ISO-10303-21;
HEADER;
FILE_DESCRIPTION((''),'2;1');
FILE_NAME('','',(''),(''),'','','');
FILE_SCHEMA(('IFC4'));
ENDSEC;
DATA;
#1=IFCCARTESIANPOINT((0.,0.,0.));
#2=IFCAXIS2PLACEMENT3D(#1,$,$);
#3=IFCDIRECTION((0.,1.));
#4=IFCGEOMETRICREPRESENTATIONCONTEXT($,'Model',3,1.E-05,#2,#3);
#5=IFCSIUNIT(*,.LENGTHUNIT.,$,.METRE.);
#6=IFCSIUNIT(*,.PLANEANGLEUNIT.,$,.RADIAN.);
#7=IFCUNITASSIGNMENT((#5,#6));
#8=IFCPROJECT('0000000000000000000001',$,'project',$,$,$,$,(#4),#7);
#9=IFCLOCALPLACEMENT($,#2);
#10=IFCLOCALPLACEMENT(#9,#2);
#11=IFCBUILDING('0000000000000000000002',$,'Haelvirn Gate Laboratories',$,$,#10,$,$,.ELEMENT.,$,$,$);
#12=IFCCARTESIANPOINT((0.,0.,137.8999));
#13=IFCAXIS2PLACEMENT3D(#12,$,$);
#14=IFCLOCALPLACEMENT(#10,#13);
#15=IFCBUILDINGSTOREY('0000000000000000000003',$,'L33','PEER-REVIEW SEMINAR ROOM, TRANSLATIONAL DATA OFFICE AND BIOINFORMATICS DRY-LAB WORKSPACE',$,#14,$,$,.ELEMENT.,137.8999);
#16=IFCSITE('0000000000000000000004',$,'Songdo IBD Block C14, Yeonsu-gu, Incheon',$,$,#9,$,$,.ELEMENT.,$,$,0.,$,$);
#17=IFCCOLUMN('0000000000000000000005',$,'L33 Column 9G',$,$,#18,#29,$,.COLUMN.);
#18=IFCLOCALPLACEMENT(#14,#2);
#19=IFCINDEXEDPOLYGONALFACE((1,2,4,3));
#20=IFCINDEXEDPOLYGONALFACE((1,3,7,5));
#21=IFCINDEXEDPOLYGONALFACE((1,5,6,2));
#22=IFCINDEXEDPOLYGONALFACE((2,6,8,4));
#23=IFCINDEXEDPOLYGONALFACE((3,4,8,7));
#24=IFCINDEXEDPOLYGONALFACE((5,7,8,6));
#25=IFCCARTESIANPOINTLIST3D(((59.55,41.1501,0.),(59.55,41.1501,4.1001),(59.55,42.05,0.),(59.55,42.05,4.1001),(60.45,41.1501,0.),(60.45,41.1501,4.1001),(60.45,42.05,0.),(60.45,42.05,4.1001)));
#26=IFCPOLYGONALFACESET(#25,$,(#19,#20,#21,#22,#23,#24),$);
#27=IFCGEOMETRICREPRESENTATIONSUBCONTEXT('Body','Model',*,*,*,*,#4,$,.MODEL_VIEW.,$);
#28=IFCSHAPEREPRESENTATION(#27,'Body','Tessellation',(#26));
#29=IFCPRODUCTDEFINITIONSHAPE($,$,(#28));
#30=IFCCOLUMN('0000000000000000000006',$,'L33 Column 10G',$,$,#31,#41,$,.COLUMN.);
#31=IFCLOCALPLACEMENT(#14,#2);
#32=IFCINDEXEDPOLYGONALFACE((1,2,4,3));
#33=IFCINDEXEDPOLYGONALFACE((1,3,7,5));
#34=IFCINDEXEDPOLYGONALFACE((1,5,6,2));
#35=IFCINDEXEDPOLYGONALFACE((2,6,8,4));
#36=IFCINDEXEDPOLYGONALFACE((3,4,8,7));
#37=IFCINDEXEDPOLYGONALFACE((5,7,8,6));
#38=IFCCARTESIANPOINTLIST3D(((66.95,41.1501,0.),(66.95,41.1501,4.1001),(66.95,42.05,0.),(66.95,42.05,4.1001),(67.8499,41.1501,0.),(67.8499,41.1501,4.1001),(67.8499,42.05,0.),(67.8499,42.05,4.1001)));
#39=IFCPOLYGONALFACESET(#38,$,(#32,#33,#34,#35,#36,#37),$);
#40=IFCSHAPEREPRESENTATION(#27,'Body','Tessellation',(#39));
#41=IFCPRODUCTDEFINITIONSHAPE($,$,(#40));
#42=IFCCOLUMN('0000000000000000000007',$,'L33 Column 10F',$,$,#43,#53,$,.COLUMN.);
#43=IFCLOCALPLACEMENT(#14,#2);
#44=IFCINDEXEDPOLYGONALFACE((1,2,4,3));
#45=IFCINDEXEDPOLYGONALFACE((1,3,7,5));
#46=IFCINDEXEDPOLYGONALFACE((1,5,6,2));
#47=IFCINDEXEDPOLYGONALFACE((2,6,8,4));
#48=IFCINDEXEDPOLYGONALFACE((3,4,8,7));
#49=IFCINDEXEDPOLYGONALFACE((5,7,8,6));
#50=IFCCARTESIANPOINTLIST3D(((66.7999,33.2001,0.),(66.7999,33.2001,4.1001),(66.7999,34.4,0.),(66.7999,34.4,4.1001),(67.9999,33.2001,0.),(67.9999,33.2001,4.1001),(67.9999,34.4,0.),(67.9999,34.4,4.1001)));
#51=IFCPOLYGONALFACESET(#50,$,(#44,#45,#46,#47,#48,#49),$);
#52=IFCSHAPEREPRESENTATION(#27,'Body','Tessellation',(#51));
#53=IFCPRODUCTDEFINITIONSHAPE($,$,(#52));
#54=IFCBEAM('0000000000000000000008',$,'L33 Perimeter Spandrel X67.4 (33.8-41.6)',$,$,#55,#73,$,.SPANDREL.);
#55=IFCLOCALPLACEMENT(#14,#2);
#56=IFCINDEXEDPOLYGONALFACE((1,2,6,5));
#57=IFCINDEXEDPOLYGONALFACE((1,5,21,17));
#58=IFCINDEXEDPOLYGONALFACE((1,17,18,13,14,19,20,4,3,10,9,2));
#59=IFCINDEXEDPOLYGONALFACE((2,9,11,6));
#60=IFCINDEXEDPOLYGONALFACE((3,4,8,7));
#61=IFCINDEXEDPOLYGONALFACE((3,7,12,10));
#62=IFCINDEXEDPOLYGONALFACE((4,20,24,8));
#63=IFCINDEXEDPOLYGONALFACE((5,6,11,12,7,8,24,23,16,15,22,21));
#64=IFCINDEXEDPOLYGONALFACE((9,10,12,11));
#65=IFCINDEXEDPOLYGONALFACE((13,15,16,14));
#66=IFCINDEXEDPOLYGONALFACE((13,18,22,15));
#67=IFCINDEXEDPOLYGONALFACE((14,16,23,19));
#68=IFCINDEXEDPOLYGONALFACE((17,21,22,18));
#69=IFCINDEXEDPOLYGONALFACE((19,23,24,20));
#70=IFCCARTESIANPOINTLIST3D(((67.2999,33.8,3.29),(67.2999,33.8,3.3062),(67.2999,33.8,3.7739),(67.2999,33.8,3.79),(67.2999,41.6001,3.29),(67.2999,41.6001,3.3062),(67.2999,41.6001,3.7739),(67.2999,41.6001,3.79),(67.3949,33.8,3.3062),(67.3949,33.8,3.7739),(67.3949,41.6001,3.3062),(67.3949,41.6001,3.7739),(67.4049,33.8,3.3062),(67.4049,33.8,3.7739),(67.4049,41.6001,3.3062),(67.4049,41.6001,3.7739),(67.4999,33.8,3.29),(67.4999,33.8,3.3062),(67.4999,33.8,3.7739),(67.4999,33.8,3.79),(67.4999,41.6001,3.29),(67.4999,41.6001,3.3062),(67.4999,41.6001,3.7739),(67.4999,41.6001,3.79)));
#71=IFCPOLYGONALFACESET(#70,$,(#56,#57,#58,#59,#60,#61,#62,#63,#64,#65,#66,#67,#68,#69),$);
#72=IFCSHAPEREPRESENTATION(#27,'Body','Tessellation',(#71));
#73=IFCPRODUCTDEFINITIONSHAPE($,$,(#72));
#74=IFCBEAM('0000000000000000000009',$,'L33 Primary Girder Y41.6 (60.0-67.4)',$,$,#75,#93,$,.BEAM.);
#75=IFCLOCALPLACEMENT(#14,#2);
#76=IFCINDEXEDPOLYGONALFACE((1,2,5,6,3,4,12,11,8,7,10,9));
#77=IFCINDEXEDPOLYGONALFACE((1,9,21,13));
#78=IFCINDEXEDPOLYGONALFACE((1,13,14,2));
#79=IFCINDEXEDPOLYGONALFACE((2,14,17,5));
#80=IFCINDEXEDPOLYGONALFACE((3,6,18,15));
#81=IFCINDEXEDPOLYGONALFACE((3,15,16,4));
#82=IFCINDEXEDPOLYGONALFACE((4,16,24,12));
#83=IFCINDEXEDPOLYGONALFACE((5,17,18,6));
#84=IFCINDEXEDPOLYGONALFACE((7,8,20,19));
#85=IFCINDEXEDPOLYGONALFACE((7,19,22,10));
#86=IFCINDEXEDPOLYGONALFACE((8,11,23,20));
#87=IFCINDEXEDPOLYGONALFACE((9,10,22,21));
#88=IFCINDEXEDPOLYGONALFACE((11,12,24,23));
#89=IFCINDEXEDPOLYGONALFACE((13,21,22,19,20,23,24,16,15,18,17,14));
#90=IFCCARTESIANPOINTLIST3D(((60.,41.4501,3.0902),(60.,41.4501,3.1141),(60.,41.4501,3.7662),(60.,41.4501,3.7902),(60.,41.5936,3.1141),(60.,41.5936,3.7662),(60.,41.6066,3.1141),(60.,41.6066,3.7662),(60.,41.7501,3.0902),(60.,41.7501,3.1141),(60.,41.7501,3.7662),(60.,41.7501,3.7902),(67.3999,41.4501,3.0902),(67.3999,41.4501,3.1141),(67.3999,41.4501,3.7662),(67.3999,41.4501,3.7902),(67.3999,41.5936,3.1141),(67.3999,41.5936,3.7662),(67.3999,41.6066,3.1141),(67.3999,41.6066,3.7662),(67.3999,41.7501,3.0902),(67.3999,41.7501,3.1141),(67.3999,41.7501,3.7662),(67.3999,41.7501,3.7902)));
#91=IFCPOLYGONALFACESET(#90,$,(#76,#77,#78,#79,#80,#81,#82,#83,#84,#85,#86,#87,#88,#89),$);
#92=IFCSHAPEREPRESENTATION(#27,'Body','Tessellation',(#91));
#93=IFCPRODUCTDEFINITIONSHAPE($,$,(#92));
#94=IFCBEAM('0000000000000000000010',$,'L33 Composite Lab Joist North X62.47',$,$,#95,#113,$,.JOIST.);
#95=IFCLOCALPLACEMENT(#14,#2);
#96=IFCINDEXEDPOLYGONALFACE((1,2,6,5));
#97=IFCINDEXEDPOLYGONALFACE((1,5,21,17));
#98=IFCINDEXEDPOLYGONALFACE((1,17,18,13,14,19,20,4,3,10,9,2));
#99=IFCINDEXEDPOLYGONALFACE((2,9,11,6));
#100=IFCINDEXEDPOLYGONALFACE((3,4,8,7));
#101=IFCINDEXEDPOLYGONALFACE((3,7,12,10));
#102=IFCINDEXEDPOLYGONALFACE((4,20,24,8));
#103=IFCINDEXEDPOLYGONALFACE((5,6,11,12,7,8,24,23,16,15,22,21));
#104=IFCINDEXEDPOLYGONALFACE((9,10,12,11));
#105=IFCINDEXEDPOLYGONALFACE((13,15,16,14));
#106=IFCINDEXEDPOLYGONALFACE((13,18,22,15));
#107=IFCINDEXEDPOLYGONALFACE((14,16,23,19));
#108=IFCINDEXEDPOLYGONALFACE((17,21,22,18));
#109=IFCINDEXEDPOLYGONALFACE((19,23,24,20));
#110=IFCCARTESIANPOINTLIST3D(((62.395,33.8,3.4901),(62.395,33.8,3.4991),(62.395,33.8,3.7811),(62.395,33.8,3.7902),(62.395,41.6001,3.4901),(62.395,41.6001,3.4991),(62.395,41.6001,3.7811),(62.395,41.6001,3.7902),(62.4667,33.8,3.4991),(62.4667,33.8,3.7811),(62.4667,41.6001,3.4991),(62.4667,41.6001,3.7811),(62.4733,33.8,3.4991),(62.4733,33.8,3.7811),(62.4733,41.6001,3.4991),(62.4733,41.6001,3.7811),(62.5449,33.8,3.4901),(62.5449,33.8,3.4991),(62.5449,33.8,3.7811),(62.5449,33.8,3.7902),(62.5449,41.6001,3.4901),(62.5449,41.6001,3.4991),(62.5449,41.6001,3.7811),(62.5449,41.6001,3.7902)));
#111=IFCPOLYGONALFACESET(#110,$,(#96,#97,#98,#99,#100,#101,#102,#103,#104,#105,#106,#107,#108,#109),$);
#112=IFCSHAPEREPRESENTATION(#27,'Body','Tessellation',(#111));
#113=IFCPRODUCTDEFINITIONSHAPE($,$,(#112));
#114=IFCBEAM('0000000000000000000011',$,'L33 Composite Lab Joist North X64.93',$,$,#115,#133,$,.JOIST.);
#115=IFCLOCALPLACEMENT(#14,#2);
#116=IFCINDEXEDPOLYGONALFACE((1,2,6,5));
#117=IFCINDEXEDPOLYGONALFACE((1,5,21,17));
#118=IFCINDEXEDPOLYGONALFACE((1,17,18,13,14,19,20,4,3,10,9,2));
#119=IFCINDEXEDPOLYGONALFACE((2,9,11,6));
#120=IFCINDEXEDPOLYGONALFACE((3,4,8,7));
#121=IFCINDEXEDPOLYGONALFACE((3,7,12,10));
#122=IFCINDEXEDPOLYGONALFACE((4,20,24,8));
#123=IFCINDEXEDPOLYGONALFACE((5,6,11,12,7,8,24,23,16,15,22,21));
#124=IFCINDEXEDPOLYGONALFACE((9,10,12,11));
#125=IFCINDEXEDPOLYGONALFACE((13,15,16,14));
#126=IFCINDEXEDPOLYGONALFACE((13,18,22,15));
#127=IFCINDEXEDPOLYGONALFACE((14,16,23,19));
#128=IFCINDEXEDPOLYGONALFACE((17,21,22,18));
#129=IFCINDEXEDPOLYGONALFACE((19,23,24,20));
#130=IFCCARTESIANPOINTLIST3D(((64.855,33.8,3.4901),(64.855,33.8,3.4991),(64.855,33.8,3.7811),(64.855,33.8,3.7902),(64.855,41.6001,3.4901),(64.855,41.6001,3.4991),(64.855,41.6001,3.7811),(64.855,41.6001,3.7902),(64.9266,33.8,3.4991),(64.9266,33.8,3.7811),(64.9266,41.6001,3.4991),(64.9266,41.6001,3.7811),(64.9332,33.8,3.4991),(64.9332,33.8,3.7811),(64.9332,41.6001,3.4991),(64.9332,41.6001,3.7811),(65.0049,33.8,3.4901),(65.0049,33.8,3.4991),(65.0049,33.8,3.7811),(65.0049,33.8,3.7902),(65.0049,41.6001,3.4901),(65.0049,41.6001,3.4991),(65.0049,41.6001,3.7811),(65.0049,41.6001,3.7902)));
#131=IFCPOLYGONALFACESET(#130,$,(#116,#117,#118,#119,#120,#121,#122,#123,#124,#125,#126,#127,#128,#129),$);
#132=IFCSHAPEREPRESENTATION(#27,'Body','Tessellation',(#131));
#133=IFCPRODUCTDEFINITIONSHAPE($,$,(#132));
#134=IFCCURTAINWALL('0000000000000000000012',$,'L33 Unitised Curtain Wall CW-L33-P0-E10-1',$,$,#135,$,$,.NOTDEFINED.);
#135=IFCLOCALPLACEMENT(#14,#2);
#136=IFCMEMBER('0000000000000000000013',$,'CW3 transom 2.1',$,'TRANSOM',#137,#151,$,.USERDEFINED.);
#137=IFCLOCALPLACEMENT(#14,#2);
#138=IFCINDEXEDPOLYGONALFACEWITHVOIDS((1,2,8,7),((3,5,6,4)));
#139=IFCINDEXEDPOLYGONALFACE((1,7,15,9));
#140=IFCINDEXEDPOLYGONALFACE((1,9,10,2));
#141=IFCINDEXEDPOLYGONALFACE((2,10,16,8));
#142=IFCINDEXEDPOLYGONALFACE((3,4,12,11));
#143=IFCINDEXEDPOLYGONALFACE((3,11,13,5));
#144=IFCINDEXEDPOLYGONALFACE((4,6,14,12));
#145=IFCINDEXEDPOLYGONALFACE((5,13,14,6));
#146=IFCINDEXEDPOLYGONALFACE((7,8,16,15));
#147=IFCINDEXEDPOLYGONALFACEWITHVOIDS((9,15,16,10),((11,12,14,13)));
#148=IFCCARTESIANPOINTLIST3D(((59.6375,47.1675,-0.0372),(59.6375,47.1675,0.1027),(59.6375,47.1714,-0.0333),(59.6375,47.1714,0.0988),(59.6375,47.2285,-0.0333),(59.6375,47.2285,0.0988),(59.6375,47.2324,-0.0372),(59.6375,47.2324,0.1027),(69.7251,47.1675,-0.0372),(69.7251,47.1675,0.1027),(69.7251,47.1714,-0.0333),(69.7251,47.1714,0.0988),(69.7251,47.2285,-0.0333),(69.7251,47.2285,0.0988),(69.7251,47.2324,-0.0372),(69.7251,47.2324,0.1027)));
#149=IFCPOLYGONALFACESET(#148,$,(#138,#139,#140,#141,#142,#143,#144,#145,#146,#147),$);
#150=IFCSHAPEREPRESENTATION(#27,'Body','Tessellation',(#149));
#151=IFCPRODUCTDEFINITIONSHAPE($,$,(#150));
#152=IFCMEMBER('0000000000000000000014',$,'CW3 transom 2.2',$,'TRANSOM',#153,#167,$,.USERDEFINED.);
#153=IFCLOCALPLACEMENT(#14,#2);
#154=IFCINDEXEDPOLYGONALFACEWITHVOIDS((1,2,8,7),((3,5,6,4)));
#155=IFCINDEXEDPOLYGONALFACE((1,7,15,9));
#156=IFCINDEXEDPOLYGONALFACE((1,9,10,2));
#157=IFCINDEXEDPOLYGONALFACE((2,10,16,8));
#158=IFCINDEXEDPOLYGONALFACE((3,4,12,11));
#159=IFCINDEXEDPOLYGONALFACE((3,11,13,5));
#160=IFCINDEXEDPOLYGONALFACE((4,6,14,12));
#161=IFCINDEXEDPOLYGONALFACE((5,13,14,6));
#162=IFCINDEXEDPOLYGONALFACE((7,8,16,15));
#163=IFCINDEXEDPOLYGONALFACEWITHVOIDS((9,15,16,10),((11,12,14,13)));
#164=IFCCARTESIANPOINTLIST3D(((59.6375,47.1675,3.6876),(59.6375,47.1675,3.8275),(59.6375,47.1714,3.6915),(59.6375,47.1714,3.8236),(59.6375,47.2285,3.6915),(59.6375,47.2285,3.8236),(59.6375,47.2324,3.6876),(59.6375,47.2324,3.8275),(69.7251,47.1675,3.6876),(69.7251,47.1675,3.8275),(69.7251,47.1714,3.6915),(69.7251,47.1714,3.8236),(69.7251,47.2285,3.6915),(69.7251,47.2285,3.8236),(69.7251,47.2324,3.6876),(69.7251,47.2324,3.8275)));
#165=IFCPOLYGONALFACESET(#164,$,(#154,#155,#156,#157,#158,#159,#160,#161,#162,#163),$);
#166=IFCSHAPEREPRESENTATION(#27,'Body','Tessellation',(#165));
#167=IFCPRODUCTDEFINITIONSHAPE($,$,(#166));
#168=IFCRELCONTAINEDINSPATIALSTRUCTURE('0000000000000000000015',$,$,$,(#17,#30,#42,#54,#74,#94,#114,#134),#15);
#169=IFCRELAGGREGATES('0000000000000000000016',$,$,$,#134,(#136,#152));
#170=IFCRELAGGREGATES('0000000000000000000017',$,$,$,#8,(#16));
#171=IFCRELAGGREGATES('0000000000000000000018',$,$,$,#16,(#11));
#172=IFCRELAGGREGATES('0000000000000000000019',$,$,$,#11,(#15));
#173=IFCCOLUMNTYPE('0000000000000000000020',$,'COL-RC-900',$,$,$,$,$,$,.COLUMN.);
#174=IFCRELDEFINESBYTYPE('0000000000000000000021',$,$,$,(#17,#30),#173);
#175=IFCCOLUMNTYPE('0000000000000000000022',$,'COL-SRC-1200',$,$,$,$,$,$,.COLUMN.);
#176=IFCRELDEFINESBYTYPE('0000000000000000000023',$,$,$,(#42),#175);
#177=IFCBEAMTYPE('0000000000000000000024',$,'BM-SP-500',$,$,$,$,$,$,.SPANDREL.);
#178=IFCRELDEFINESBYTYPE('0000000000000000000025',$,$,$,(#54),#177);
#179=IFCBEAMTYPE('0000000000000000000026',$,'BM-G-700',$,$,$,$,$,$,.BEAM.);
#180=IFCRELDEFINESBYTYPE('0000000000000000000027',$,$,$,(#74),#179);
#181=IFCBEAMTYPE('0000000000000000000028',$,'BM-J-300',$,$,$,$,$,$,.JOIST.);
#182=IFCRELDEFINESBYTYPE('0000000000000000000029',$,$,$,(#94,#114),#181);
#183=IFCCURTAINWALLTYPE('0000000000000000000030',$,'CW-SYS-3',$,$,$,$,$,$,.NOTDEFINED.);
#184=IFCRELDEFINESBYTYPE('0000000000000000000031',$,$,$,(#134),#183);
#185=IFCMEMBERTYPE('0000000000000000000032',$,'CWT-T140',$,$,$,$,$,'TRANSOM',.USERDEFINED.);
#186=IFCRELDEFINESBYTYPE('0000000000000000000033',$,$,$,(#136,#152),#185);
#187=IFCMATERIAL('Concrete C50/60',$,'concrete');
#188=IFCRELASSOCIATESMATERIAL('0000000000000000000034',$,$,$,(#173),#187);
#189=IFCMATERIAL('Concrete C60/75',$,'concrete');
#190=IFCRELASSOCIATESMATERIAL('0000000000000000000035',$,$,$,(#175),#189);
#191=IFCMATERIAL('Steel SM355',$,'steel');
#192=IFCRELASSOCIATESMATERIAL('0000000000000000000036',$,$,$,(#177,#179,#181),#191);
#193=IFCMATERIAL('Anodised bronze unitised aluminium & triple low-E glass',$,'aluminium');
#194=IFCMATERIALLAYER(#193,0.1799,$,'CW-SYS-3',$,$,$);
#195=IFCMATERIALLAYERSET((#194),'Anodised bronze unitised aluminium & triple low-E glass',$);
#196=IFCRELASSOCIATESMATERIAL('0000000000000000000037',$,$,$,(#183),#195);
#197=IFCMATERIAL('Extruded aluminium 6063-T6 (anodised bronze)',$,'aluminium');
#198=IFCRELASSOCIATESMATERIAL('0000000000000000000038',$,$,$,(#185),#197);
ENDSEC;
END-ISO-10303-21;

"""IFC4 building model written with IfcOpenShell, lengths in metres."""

from ifc_helpers import new_model, si_unit, direction, frame, origin, origin_2d, place, context, subcontext, project, spatial, rectangle, hollow_rectangle, i_section, extrude, source, transform, mapped, material, layer, layer_set, material_profile, profile_set, type_object, type_shapes, element, aggregate, save


model = new_model("IFC4")

# Units and contexts
model_context = context("Model", 3, precision=1e-05, world=origin(), true_north=direction((0.0, 1.0)))
body_context = subcontext(model_context, "Body", "Model", "MODEL_VIEW")
ifc_project = project(units=[si_unit("LENGTHUNIT", "METRE"), si_unit("PLANEANGLEUNIT", "RADIAN")], contexts=[model_context])

# Site, building, storey
site_placement = place(None, origin())
site = spatial("IfcSite", under=ifc_project, at=site_placement, Name="Songdo IBD Block C14, Yeonsu-gu, Incheon", CompositionType="ELEMENT", RefElevation=0.0)
building_placement = place(site_placement, origin())
building = spatial("IfcBuilding", under=site, at=building_placement, Name="Haelvirn Gate Laboratories", CompositionType="ELEMENT")
storey_placement = place(building_placement, frame((0.0, 0.0, 137.8999)))
storey = spatial("IfcBuildingStorey", under=building, at=storey_placement, Name="L33", Description="PEER-REVIEW SEMINAR ROOM, TRANSLATIONAL DATA OFFICE AND BIOINFORMATICS DRY-LAB WORKSPACE", CompositionType="ELEMENT", Elevation=137.8999)

# Columns
ifc_material_1 = material(Name="Concrete C50/60", Category="concrete")
ifc_material_profile_1 = material_profile(ifc_material_1, rectangle(XDim=0.8999, YDim=0.8999, at=origin_2d()), Name="RC-900x900")
ifc_profile_set_1 = profile_set([ifc_material_profile_1], Name="Concrete C50/60")
column_type_1 = type_object("IfcColumnType", Name="COL-RC-900", PredefinedType="COLUMN", material=ifc_profile_set_1)
shared_shape_1 = source(origin(), body_context, "Body", "SweptSolid", [
    extrude(rectangle(XDim=0.8999, YDim=0.8999, at=origin_2d()), origin(), (0.0, 0.0, 1.0), 4.1001),
])
type_shapes(column_type_1, [shared_shape_1])
for number, where, z_axis, x_axis, name in (
    (1, (60.0, 41.6001, 0.0), (0.0, 0.0, 1.0), (1.0, 0.0, 0.0), "L33 Column 9G"),
    (2, (67.3999, 41.6001, 0.0), (0.0, 0.0, 1.0), (1.0, 0.0, 0.0), "L33 Column 10G"),
):
    element("IfcColumn", number, at=place(storey_placement, frame(where, z_axis=z_axis, x_axis=x_axis)), inside=storey, type_object=column_type_1, Name=name, PredefinedType="COLUMN", context=body_context, shape_type="MappedRepresentation", body=[
        mapped(shared_shape_1, transform((0.0, 0.0, 0.0), scale=1.0)),
    ])
ifc_material_2 = material(Name="Concrete C60/75", Category="concrete")
ifc_material_profile_2 = material_profile(ifc_material_2, rectangle(XDim=1.2, YDim=1.2, at=origin_2d()), Name="SRC-1200x1200")
ifc_profile_set_2 = profile_set([ifc_material_profile_2], Name="Concrete C60/75")
column_type_2 = type_object("IfcColumnType", Name="COL-SRC-1200", PredefinedType="COLUMN", material=ifc_profile_set_2)
shared_shape_2 = source(origin(), body_context, "Body", "SweptSolid", [
    extrude(rectangle(XDim=1.2, YDim=1.2, at=origin_2d()), origin(), (0.0, 0.0, 1.0), 4.1001),
])
type_shapes(column_type_2, [shared_shape_2])
column_placement = place(storey_placement, frame((67.3999, 33.8, 0.0), z_axis=(0.0, 0.0, 1.0), x_axis=(1.0, 0.0, 0.0)))
element("IfcColumn", 3, at=column_placement, inside=storey, type_object=column_type_2, Name="L33 Column 10F", PredefinedType="COLUMN", context=body_context, shape_type="MappedRepresentation", body=[
    mapped(shared_shape_2, transform((0.0, 0.0, 0.0), scale=1.0)),
])

# Beams
ifc_material_3 = material(Name="Steel SM355", Category="steel")
ifc_material_profile_3 = material_profile(ifc_material_3, i_section(OverallWidth=0.2, OverallDepth=0.5, WebThickness=0.01, FlangeThickness=0.0161, at=origin_2d()), Name="H-500x200x10x16")
ifc_profile_set_3 = profile_set([ifc_material_profile_3], Name="Steel SM355")
beam_type_1 = type_object("IfcBeamType", Name="BM-SP-500", PredefinedType="SPANDREL", material=ifc_profile_set_3)
shared_shape_3 = source(origin(), body_context, "Body", "SweptSolid", [
    extrude(i_section(OverallWidth=0.2, OverallDepth=0.5, WebThickness=0.01, FlangeThickness=0.0161, at=origin_2d()), origin(), (0.0, 0.0, 1.0), 7.8),
])
type_shapes(beam_type_1, [shared_shape_3])
beam_1_placement = place(storey_placement, frame((67.3999, 33.8, 3.54), z_axis=(0.0, 1.0, 0.0), x_axis=(-1.0, 0.0, 0.0)))
element("IfcBeam", 4, at=beam_1_placement, inside=storey, type_object=beam_type_1, Name="L33 Perimeter Spandrel X67.4 (33.8-41.6)", PredefinedType="SPANDREL", context=body_context, shape_type="MappedRepresentation", body=[
    mapped(shared_shape_3, transform((0.0, 0.0, 0.0), scale=1.0)),
])
ifc_material_profile_4 = material_profile(ifc_material_3, i_section(OverallWidth=0.3, OverallDepth=0.7, WebThickness=0.0129, FlangeThickness=0.0239, at=origin_2d()), Name="H-700x300x13x24")
ifc_profile_set_4 = profile_set([ifc_material_profile_4], Name="Steel SM355")
beam_type_2 = type_object("IfcBeamType", Name="BM-G-700", PredefinedType="BEAM", material=ifc_profile_set_4)
shared_shape_4 = source(origin(), body_context, "Body", "SweptSolid", [
    extrude(i_section(OverallWidth=0.3, OverallDepth=0.7, WebThickness=0.0129, FlangeThickness=0.0239, at=origin_2d()), origin(), (0.0, 0.0, 1.0), 7.3999),
])
type_shapes(beam_type_2, [shared_shape_4])
beam_2_placement = place(storey_placement, frame((60.0, 41.6001, 3.4402), z_axis=(1.0, 0.0, 0.0), x_axis=(0.0, 1.0, 0.0)))
element("IfcBeam", 5, at=beam_2_placement, inside=storey, type_object=beam_type_2, Name="L33 Primary Girder Y41.6 (60.0-67.4)", PredefinedType="BEAM", context=body_context, shape_type="MappedRepresentation", body=[
    mapped(shared_shape_4, transform((0.0, 0.0, 0.0), scale=1.0)),
])
ifc_material_profile_5 = material_profile(ifc_material_3, i_section(OverallWidth=0.1499, OverallDepth=0.3, WebThickness=0.0066, FlangeThickness=0.009, at=origin_2d()), Name="H-300x150x6.5x9")
ifc_profile_set_5 = profile_set([ifc_material_profile_5], Name="Steel SM355")
beam_type_3 = type_object("IfcBeamType", Name="BM-J-300", PredefinedType="JOIST", material=ifc_profile_set_5)
shared_shape_5 = source(origin(), body_context, "Body", "SweptSolid", [
    extrude(i_section(OverallWidth=0.1499, OverallDepth=0.3, WebThickness=0.0066, FlangeThickness=0.009, at=origin_2d()), origin(), (0.0, 0.0, 1.0), 7.8),
])
type_shapes(beam_type_3, [shared_shape_5])
for number, where, z_axis, x_axis, name in (
    (6, (62.47, 33.8, 3.6401), (0.0, 1.0, 0.0), (-1.0, 0.0, 0.0), "L33 Composite Lab Joist North X62.47"),
    (7, (64.9299, 33.8, 3.6401), (0.0, 1.0, 0.0), (-1.0, 0.0, 0.0), "L33 Composite Lab Joist North X64.93"),
):
    element("IfcBeam", number, at=place(storey_placement, frame(where, z_axis=z_axis, x_axis=x_axis)), inside=storey, type_object=beam_type_3, Name=name, PredefinedType="JOIST", context=body_context, shape_type="MappedRepresentation", body=[
        mapped(shared_shape_5, transform((0.0, 0.0, 0.0), scale=1.0)),
    ])

# Curtain wall, members
ifc_material_4 = material(Name="Anodised bronze unitised aluminium & triple low-E glass", Category="aluminium")
ifc_layer_1 = layer(ifc_material_4, 0.1799, Name="CW-SYS-3")
ifc_layer_set_1 = layer_set([ifc_layer_1], Name="Anodised bronze unitised aluminium & triple low-E glass")
curtain_wall_type_1 = type_object("IfcCurtainWallType", Name="CW-SYS-3", PredefinedType="NOTDEFINED", material=ifc_layer_set_1)
curtain_wall_1_placement = place(storey_placement, origin())
curtain_wall_1 = element("IfcCurtainWall", 8, at=curtain_wall_1_placement, inside=storey, type_object=curtain_wall_type_1, Name="L33 Unitised Curtain Wall CW-L33-P0-E10-1", PredefinedType="NOTDEFINED")
ifc_material_5 = material(Name="Extruded aluminium 6063-T6 (anodised bronze)", Category="aluminium")
ifc_material_profile_6 = material_profile(ifc_material_5, hollow_rectangle(XDim=0.0649, YDim=0.1399, WallThickness=0.0039, at=origin_2d()), Name="CWT-140x65x4")
ifc_profile_set_6 = profile_set([ifc_material_profile_6], Name="Extruded aluminium 6063-T6 (anodised bronze)")
member_type_1 = type_object("IfcMemberType", Name="CWT-T140", ElementType="TRANSOM", PredefinedType="USERDEFINED", material=ifc_profile_set_6)
shared_shape_6 = source(origin(), body_context, "Body", "SweptSolid", [
    extrude(hollow_rectangle(XDim=0.0649, YDim=0.1399, WallThickness=0.0039, at=origin_2d()), origin(), (0.0, 0.0, 1.0), 10.0876),
])
member_1_placement = place(storey_placement, frame((59.6375, 47.2, 0.0327), z_axis=(1.0, 0.0, 0.0), x_axis=(0.0, 1.0, 0.0)))
member_1 = element("IfcMember", 9, at=member_1_placement, type_object=member_type_1, Name="CW3 transom 2.1", ObjectType="TRANSOM", PredefinedType="USERDEFINED", context=body_context, shape_type="MappedRepresentation", body=[
    mapped(shared_shape_6, transform((0.0, 0.0, 0.0), scale=1.0)),
])
member_2_placement = place(storey_placement, frame((59.6375, 47.2, 3.7576), z_axis=(1.0, 0.0, 0.0), x_axis=(0.0, 1.0, 0.0)))
member_2 = element("IfcMember", 10, at=member_2_placement, type_object=member_type_1, Name="CW3 transom 2.2", ObjectType="TRANSOM", PredefinedType="USERDEFINED", context=body_context, shape_type="MappedRepresentation", body=[
    mapped(shared_shape_6, transform((0.0, 0.0, 0.0), scale=1.0)),
])

aggregate(curtain_wall_1, [member_1, member_2])

save(model, "model.ifc")
